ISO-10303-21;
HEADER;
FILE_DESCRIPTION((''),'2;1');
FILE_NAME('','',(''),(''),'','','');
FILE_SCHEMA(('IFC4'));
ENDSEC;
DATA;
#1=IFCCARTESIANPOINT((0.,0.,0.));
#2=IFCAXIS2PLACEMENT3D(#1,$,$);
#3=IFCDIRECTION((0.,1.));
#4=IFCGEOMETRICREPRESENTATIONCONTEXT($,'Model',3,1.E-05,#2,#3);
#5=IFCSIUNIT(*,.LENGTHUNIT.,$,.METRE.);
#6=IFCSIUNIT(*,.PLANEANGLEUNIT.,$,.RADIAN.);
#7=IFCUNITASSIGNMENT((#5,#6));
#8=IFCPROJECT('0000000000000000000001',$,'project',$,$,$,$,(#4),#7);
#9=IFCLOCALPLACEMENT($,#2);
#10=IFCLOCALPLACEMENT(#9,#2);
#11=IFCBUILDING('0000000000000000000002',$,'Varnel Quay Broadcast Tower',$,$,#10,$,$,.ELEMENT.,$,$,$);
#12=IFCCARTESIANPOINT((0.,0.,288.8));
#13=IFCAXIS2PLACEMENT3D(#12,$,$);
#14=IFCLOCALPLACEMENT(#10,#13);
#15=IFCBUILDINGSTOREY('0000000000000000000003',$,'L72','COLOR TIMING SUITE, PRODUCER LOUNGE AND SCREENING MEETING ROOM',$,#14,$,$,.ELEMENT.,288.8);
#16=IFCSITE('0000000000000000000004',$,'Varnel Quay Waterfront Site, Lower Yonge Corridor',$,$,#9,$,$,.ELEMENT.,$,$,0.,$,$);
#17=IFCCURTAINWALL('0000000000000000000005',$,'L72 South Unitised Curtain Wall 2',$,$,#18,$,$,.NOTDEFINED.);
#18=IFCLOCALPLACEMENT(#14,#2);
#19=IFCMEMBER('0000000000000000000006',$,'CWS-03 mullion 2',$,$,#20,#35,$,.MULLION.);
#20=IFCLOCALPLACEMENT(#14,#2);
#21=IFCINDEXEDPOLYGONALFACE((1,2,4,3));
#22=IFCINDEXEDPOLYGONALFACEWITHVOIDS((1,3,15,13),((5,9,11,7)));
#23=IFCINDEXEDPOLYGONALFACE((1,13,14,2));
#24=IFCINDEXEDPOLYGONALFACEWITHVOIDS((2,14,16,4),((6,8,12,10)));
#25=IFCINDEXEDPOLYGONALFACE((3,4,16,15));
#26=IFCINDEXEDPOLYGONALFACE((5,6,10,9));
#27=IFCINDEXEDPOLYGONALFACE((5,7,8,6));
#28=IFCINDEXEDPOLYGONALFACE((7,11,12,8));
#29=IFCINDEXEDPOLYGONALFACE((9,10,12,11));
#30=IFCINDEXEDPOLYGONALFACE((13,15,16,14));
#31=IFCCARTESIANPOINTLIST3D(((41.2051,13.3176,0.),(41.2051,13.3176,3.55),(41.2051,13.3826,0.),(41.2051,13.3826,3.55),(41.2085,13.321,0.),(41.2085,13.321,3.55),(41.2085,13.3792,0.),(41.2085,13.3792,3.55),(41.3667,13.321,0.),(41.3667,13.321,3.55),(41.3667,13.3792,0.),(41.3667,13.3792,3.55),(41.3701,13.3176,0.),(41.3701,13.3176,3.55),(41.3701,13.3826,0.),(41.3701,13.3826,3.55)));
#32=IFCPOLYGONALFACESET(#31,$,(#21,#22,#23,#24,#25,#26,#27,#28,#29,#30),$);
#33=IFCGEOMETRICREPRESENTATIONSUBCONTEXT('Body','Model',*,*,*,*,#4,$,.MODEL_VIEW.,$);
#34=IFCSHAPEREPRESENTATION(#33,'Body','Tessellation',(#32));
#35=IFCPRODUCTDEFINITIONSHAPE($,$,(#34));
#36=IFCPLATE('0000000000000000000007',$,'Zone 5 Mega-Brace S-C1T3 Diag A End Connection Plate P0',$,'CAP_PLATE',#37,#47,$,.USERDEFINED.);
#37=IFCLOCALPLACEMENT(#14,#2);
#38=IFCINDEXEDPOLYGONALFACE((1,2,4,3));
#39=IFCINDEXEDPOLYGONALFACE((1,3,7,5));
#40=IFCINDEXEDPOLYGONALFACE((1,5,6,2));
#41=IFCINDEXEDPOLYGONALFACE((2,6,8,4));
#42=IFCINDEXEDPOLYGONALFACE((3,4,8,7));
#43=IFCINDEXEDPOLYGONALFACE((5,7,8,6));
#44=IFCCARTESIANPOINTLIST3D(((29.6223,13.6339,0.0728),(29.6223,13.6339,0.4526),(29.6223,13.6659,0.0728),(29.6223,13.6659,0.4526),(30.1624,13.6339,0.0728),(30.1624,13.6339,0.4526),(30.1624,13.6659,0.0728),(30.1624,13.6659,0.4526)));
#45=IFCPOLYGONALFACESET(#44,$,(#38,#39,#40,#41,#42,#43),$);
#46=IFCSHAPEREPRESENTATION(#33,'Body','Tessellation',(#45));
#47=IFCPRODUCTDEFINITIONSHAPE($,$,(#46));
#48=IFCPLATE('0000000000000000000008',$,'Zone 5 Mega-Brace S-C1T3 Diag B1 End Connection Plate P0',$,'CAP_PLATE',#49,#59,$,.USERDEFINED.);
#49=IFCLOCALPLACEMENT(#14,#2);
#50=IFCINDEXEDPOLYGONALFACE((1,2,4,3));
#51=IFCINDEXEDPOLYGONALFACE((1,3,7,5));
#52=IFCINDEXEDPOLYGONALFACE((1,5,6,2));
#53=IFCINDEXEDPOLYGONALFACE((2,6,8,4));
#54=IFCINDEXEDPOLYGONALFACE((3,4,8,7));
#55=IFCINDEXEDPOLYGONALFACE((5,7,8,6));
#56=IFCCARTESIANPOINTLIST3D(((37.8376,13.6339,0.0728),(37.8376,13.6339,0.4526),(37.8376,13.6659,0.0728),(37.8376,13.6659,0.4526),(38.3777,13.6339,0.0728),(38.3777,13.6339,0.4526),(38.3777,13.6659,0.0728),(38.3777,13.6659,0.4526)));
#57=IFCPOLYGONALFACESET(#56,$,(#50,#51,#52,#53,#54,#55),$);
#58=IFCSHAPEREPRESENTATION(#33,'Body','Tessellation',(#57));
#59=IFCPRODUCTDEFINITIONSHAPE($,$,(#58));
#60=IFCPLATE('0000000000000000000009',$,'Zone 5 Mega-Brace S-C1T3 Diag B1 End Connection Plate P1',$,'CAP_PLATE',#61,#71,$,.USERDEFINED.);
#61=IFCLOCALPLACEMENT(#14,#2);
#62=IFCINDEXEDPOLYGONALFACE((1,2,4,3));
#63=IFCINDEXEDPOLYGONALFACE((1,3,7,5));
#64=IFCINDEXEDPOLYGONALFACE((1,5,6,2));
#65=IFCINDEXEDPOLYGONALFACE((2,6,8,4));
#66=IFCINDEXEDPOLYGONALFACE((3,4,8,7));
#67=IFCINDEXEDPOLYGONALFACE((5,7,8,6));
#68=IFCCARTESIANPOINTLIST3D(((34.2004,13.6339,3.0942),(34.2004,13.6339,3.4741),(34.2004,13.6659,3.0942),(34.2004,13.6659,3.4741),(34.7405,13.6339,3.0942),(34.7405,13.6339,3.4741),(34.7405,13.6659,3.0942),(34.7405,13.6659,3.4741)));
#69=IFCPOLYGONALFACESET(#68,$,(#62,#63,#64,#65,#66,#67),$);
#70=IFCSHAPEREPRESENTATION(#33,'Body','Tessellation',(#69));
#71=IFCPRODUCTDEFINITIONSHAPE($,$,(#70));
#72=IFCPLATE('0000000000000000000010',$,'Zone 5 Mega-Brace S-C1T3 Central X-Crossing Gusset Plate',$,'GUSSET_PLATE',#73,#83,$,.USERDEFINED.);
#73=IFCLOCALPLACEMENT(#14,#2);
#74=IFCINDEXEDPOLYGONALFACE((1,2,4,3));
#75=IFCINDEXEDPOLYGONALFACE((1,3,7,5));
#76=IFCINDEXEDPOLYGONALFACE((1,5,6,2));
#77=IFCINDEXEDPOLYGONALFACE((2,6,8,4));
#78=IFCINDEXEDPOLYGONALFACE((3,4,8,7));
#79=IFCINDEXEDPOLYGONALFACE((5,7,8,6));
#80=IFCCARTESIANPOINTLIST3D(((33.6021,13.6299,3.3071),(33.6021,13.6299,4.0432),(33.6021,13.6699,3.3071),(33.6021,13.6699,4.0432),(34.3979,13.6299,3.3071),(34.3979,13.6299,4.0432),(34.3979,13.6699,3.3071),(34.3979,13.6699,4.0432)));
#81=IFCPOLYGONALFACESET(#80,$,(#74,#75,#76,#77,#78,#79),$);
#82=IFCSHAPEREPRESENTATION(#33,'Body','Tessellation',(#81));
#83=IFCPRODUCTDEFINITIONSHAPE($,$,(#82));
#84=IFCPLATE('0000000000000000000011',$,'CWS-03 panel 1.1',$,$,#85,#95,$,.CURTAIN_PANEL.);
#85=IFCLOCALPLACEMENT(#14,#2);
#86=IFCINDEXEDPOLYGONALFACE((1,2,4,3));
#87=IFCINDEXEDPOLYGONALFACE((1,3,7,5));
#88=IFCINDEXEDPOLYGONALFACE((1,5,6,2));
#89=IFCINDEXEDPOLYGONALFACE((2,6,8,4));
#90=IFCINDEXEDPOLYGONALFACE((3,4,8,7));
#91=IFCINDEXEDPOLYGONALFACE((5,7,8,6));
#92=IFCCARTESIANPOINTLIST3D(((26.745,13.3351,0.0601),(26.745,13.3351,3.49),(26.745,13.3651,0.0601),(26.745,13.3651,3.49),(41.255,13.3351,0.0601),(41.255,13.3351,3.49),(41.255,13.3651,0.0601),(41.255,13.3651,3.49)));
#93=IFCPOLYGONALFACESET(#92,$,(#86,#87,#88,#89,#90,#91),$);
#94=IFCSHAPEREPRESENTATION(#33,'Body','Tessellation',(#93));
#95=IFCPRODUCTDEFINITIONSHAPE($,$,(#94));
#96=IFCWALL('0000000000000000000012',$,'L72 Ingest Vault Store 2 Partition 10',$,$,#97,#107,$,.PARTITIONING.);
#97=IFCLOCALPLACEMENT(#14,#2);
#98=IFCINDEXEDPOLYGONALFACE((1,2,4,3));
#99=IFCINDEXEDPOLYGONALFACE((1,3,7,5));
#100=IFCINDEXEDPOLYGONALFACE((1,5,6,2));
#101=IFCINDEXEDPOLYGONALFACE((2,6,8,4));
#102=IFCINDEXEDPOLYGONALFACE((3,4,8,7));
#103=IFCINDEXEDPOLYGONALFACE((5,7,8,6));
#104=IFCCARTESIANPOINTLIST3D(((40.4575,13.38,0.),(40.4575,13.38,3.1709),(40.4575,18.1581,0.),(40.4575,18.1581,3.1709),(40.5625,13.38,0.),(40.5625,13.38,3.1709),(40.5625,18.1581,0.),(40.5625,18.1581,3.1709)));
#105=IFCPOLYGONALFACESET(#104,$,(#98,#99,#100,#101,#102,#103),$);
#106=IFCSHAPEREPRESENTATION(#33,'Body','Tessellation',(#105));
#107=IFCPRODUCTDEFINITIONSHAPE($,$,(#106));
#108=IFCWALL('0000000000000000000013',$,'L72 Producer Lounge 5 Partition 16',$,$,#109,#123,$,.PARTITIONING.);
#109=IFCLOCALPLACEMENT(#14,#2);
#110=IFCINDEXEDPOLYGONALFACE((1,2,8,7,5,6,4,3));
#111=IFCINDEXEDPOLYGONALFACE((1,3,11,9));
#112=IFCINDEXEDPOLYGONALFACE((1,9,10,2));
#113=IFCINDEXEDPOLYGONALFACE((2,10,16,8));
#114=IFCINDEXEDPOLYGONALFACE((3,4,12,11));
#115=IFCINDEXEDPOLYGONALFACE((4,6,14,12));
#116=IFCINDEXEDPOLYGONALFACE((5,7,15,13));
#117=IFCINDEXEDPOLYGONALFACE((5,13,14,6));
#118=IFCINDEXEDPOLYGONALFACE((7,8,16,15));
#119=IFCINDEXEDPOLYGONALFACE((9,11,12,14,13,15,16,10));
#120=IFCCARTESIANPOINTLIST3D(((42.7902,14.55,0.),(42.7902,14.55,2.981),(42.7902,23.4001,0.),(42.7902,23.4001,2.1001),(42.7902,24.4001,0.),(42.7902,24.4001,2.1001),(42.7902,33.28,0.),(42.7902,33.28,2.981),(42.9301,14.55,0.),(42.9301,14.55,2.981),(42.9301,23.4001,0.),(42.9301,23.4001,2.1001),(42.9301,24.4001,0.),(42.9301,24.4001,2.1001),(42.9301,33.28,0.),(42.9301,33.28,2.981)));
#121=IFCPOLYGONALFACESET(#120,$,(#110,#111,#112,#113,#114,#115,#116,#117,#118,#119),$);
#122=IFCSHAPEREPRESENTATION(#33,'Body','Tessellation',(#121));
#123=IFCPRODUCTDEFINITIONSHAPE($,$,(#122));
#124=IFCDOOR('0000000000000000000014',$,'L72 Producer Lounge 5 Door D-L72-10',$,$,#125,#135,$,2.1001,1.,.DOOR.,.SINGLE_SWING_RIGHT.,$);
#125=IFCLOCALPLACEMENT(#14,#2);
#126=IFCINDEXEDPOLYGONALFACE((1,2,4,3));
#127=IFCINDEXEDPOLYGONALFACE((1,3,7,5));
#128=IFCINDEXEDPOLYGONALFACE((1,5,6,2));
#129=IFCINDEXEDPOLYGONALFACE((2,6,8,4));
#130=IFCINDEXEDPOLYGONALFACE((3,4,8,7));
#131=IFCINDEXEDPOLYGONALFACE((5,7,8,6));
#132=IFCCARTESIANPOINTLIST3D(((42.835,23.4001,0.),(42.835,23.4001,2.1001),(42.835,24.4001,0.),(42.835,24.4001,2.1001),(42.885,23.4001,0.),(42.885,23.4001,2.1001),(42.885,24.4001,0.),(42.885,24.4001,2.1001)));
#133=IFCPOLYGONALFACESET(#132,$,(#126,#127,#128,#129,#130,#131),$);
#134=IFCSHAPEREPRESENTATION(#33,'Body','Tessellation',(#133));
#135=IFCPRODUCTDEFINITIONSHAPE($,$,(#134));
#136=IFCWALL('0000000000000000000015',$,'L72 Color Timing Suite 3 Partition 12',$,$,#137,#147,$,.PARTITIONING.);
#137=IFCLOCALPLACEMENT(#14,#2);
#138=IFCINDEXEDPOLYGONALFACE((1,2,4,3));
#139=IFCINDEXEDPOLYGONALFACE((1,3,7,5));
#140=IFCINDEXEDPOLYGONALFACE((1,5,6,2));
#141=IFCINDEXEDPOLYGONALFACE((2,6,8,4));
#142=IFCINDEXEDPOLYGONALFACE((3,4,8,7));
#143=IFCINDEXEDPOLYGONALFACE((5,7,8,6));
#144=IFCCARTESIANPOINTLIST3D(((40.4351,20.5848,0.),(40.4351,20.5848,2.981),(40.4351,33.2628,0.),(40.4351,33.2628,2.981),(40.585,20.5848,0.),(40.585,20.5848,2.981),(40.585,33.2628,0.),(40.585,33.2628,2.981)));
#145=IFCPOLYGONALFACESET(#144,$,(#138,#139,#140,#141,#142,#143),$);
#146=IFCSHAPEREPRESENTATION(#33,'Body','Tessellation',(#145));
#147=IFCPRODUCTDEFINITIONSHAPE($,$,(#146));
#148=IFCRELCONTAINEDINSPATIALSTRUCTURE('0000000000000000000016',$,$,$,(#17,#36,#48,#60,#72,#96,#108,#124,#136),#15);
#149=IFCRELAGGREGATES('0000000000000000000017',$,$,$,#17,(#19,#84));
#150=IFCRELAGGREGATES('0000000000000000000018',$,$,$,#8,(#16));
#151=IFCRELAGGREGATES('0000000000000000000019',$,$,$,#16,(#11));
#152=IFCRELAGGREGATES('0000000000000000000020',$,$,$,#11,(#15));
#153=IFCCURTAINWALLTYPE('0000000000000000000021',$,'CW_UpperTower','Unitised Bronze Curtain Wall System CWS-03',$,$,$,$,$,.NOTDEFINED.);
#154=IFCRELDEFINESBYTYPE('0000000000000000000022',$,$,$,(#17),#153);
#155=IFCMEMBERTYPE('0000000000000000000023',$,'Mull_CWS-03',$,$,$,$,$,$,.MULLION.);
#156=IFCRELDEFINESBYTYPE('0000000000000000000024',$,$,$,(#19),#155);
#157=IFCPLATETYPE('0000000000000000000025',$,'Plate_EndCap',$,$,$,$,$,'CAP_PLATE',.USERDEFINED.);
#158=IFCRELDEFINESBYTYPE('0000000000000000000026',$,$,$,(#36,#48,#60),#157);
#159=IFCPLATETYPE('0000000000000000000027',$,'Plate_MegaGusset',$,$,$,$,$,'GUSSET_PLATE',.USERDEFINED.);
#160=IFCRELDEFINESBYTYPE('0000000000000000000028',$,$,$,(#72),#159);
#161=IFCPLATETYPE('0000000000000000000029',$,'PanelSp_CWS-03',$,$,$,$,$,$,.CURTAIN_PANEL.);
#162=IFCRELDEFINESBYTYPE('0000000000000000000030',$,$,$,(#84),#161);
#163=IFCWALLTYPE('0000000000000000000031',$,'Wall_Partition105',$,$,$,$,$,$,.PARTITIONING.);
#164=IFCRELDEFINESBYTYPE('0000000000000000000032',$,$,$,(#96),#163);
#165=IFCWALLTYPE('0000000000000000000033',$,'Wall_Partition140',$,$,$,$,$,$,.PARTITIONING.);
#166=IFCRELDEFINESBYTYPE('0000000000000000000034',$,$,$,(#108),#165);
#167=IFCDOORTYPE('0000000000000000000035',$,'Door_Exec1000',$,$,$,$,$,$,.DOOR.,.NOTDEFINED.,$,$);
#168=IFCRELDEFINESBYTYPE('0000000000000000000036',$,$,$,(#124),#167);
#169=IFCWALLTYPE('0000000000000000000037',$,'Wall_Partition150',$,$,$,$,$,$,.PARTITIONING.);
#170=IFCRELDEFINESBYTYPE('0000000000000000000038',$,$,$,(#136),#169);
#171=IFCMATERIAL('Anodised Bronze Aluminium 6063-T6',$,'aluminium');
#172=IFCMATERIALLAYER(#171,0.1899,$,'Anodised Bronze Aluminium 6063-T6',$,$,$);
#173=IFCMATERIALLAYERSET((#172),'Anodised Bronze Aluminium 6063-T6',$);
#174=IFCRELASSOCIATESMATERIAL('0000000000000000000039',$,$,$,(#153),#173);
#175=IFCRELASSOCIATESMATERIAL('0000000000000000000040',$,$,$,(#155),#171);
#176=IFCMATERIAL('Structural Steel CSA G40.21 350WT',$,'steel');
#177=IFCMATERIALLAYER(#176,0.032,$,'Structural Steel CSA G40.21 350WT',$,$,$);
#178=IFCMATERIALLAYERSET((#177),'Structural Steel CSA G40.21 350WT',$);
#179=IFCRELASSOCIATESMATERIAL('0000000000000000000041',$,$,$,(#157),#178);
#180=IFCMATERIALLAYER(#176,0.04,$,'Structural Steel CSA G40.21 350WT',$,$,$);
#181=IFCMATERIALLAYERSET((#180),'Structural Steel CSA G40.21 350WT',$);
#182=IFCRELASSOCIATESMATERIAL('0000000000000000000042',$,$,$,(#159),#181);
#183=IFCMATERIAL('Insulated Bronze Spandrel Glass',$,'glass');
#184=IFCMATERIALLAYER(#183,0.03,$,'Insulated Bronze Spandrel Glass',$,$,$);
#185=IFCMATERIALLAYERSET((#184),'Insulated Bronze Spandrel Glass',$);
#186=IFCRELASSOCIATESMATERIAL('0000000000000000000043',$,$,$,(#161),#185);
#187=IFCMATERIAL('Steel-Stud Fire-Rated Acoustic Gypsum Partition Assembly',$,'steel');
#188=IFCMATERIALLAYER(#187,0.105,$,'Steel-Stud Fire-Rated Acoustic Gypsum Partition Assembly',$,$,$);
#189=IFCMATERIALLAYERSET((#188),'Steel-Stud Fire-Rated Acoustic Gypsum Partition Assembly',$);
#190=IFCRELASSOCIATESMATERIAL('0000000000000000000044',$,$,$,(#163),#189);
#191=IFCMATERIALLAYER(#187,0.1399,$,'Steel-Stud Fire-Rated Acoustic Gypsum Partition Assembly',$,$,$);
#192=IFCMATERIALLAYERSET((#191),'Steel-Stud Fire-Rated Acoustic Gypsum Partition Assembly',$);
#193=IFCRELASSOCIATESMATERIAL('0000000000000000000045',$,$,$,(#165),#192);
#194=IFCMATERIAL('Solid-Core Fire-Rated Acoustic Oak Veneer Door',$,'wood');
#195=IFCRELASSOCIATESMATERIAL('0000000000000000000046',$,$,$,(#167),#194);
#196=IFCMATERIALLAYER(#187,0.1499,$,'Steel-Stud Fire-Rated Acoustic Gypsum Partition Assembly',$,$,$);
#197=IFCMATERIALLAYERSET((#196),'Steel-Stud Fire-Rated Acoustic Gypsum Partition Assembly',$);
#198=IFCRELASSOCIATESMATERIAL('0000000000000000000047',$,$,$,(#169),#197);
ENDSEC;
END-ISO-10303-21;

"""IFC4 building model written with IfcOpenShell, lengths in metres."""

from ifc_helpers import new_model, si_unit, direction, frame, frame_2d, origin, origin_2d, place, context, subcontext, project, spatial, rectangle, hollow_rectangle, extrude, source, transform, mapped, material, layer, layer_set, material_profile, profile_set, type_object, type_shapes, element, fill, aggregate, save


model = new_model("IFC4")

# Units and contexts
model_context = context("Model", 3, precision=1e-05, world=origin(), true_north=direction((0.0, 1.0)))
body_context = subcontext(model_context, "Body", "Model", "MODEL_VIEW")
ifc_project = project(units=[si_unit("LENGTHUNIT", "METRE"), si_unit("PLANEANGLEUNIT", "RADIAN")], contexts=[model_context])

# Site, building, storey
site_placement = place(None, origin())
site = spatial("IfcSite", under=ifc_project, at=site_placement, Name="Varnel Quay Waterfront Site, Lower Yonge Corridor", CompositionType="ELEMENT", RefElevation=0.0)
building_placement = place(site_placement, origin())
building = spatial("IfcBuilding", under=site, at=building_placement, Name="Varnel Quay Broadcast Tower", CompositionType="ELEMENT")
storey_placement = place(building_placement, frame((0.0, 0.0, 288.8)))
storey = spatial("IfcBuildingStorey", under=building, at=storey_placement, Name="L72", Description="COLOR TIMING SUITE, PRODUCER LOUNGE AND SCREENING MEETING ROOM", CompositionType="ELEMENT", Elevation=288.8)

# Curtain wall, member
ifc_material_1 = material(Name="Anodised Bronze Aluminium 6063-T6", Category="aluminium")
ifc_layer_1 = layer(ifc_material_1, 0.1899, Name="Anodised Bronze Aluminium 6063-T6")
ifc_layer_set_1 = layer_set([ifc_layer_1], Name="Anodised Bronze Aluminium 6063-T6")
curtain_wall_type = type_object("IfcCurtainWallType", Name="CW_UpperTower", Description="Unitised Bronze Curtain Wall System CWS-03", PredefinedType="NOTDEFINED", material=ifc_layer_set_1)
curtain_wall_placement = place(storey_placement, origin())
curtain_wall = element("IfcCurtainWall", 1, at=curtain_wall_placement, inside=storey, type_object=curtain_wall_type, Name="L72 South Unitised Curtain Wall 2", PredefinedType="NOTDEFINED")
ifc_material_profile_1 = material_profile(ifc_material_1, hollow_rectangle(XDim=0.0649, YDim=0.165, WallThickness=0.0034, at=origin_2d()), Name="ALU65X165X3.5")
ifc_profile_set_1 = profile_set([ifc_material_profile_1], Name="Anodised Bronze Aluminium 6063-T6")
member_type_1 = type_object("IfcMemberType", Name="Mull_CWS-03", PredefinedType="MULLION", material=ifc_profile_set_1)
shared_shape_1 = source(origin(), body_context, "Body", "SweptSolid", [
    extrude(hollow_rectangle(XDim=0.0649, YDim=0.165, WallThickness=0.0034, at=origin_2d()), origin(), (0.0, 0.0, 1.0), 3.55),
])
type_shapes(member_type_1, [shared_shape_1])
member_placement = place(storey_placement, frame((41.2876, 13.3501, 0.0), z_axis=(0.0, 0.0, 1.0), x_axis=(0.0, 1.0, 0.0)))
member = element("IfcMember", 2, at=member_placement, type_object=member_type_1, Name="CWS-03 mullion 2", PredefinedType="MULLION", context=body_context, shape_type="MappedRepresentation", body=[
    mapped(shared_shape_1, transform((0.0, 0.0, 0.0), x_axis=(1.0, 0.0, 0.0), y_axis=(0.0, 1.0, 0.0), z_axis=(0.0, 0.0, 1.0), scale=1.0)),
])

# Plates
ifc_material_2 = material(Name="Structural Steel CSA G40.21 350WT", Category="steel")
ifc_layer_2 = layer(ifc_material_2, 0.032, Name="Structural Steel CSA G40.21 350WT")
ifc_layer_set_2 = layer_set([ifc_layer_2], Name="Structural Steel CSA G40.21 350WT")
plate_type_1 = type_object("IfcPlateType", Name="Plate_EndCap", ElementType="CAP_PLATE", PredefinedType="USERDEFINED", material=ifc_layer_set_2)
shared_shape_2 = source(origin(), body_context, "Body", "SweptSolid", [
    extrude(rectangle(XDim=0.54, YDim=0.032, at=origin_2d()), origin(), (0.0, 0.0, 1.0), 0.3799),
])
type_shapes(plate_type_1, [shared_shape_2])
for number, where, z_axis, x_axis, name in (
    (3, (29.8923, 13.6499, 0.0728), (0.0, 0.0, 1.0), (1.0, 0.0, 0.0), "Zone 5 Mega-Brace S-C1T3 Diag A End Connection Plate P0"),
    (4, (38.1077, 13.6499, 0.0728), (0.0, 0.0, 1.0), (1.0, 0.0, 0.0), "Zone 5 Mega-Brace S-C1T3 Diag B1 End Connection Plate P0"),
    (5, (34.4705, 13.6499, 3.0942), (0.0, 0.0, 1.0), (1.0, 0.0, 0.0), "Zone 5 Mega-Brace S-C1T3 Diag B1 End Connection Plate P1"),
):
    element("IfcPlate", number, at=place(storey_placement, frame(where, z_axis=z_axis, x_axis=x_axis)), inside=storey, type_object=plate_type_1, Name=name, ObjectType="CAP_PLATE", PredefinedType="USERDEFINED", context=body_context, shape_type="MappedRepresentation", body=[
        mapped(shared_shape_2, transform((0.0, 0.0, 0.0), x_axis=(1.0, 0.0, 0.0), y_axis=(0.0, 1.0, 0.0), z_axis=(0.0, 0.0, 1.0), scale=1.0)),
    ])
ifc_layer_3 = layer(ifc_material_2, 0.04, Name="Structural Steel CSA G40.21 350WT")
ifc_layer_set_3 = layer_set([ifc_layer_3], Name="Structural Steel CSA G40.21 350WT")
plate_type_2 = type_object("IfcPlateType", Name="Plate_MegaGusset", ElementType="GUSSET_PLATE", PredefinedType="USERDEFINED", material=ifc_layer_set_3)
shared_shape_3 = source(origin(), body_context, "Body", "SweptSolid", [
    extrude(rectangle(XDim=0.7959, YDim=0.04, at=origin_2d()), origin(), (0.0, 0.0, 1.0), 0.7361),
])
type_shapes(plate_type_2, [shared_shape_3])
plate_1_placement = place(storey_placement, frame((34.0, 13.6499, 3.3071), z_axis=(0.0, 0.0, 1.0), x_axis=(1.0, 0.0, 0.0)))
element("IfcPlate", 6, at=plate_1_placement, inside=storey, type_object=plate_type_2, Name="Zone 5 Mega-Brace S-C1T3 Central X-Crossing Gusset Plate", ObjectType="GUSSET_PLATE", PredefinedType="USERDEFINED", context=body_context, shape_type="MappedRepresentation", body=[
    mapped(shared_shape_3, transform((0.0, 0.0, 0.0), x_axis=(1.0, 0.0, 0.0), y_axis=(0.0, 1.0, 0.0), z_axis=(0.0, 0.0, 1.0), scale=1.0)),
])

# Plate
ifc_material_3 = material(Name="Insulated Bronze Spandrel Glass", Category="glass")
ifc_layer_4 = layer(ifc_material_3, 0.03, Name="Insulated Bronze Spandrel Glass")
ifc_layer_set_4 = layer_set([ifc_layer_4], Name="Insulated Bronze Spandrel Glass")
plate_type_3 = type_object("IfcPlateType", Name="PanelSp_CWS-03", PredefinedType="CURTAIN_PANEL", material=ifc_layer_set_4)
shared_shape_4 = source(origin(), body_context, "Body", "SweptSolid", [
    extrude(rectangle(XDim=14.51, YDim=0.03, at=origin_2d()), origin(), (0.0, 0.0, 1.0), 3.4299),
])
type_shapes(plate_type_3, [shared_shape_4])
plate_2_placement = place(storey_placement, frame((34.0, 13.3501, 0.0601), z_axis=(0.0, 0.0, 1.0), x_axis=(1.0, 0.0, 0.0)))
plate_2 = element("IfcPlate", 7, at=plate_2_placement, type_object=plate_type_3, Name="CWS-03 panel 1.1", PredefinedType="CURTAIN_PANEL", context=body_context, shape_type="MappedRepresentation", body=[
    mapped(shared_shape_4, transform((0.0, 0.0, 0.0), x_axis=(1.0, 0.0, 0.0), y_axis=(0.0, 1.0, 0.0), z_axis=(0.0, 0.0, 1.0), scale=1.0)),
])
aggregate(curtain_wall, [member, plate_2])

# Wall
ifc_material_4 = material(Name="Steel-Stud Fire-Rated Acoustic Gypsum Partition Assembly", Category="steel")
ifc_layer_5 = layer(ifc_material_4, 0.105, Name="Steel-Stud Fire-Rated Acoustic Gypsum Partition Assembly")
ifc_layer_set_5 = layer_set([ifc_layer_5], Name="Steel-Stud Fire-Rated Acoustic Gypsum Partition Assembly")
wall_type_1 = type_object("IfcWallType", Name="Wall_Partition105", PredefinedType="PARTITIONING", material=ifc_layer_set_5)
wall_1_placement = place(storey_placement, frame((40.51, 13.3799, 0.0), z_axis=(0.0, 0.0, 1.0), x_axis=(0.0, 1.0, 0.0)))
element("IfcWall", 8, at=wall_1_placement, inside=storey, type_object=wall_type_1, Name="L72 Ingest Vault Store 2 Partition 10", PredefinedType="PARTITIONING", context=body_context, shape_type="SweptSolid", body=[
    extrude(rectangle(XDim=4.7781, YDim=0.105, at=frame_2d((2.3892, 0.0))), origin(), (0.0, 0.0, 1.0), 3.1709),
])

# Wall, opening, door
ifc_layer_6 = layer(ifc_material_4, 0.1399, Name="Steel-Stud Fire-Rated Acoustic Gypsum Partition Assembly")
ifc_layer_set_6 = layer_set([ifc_layer_6], Name="Steel-Stud Fire-Rated Acoustic Gypsum Partition Assembly")
wall_type_2 = type_object("IfcWallType", Name="Wall_Partition140", PredefinedType="PARTITIONING", material=ifc_layer_set_6)
wall_2_placement = place(storey_placement, frame((42.8601, 14.55, 0.0), z_axis=(0.0, 0.0, 1.0), x_axis=(0.0, 1.0, 0.0)))
wall_2 = element("IfcWall", 9, at=wall_2_placement, inside=storey, type_object=wall_type_2, Name="L72 Producer Lounge 5 Partition 16", PredefinedType="PARTITIONING", context=body_context, shape_type="SweptSolid", body=[
    extrude(rectangle(XDim=18.73, YDim=0.1399, at=frame_2d((9.365, 0.0))), origin(), (0.0, 0.0, 1.0), 2.981),
])
opening_1_placement = place(wall_2_placement, frame((8.8501, 0.0, 0.0)))
opening_1 = element("IfcOpeningElement", 10, at=opening_1_placement, cuts=wall_2, PredefinedType="OPENING", context=body_context, shape_type="SweptSolid", body=[
    extrude(rectangle(XDim=1.0, YDim=2.1001, at=frame_2d((0.5, 1.05))), frame((0.0, 0.0801, 0.0), z_axis=(0.0, -1.0, 0.0), x_axis=(1.0, 0.0, 0.0)), (0.0, 0.0, 1.0), 0.1599),
])
ifc_material_5 = material(Name="Solid-Core Fire-Rated Acoustic Oak Veneer Door", Category="wood")
door_type_1 = type_object("IfcDoorType", Name="Door_Exec1000", OperationType="NOTDEFINED", PredefinedType="DOOR", material=ifc_material_5)
shared_shape_5 = source(origin(), body_context, "Body", "SweptSolid", [
    extrude(rectangle(XDim=1.0, YDim=2.1001, at=frame_2d((0.5, 1.05))), frame((0.0, 0.0249, 0.0), z_axis=(0.0, -1.0, 0.0), x_axis=(1.0, 0.0, 0.0)), (0.0, 0.0, 1.0), 0.05),
])
type_shapes(door_type_1, [shared_shape_5])
door_1_placement = place(opening_1_placement, frame((1.0, 0.0, 0.0), z_axis=(0.0, 0.0, 1.0), x_axis=(-1.0, 0.0, 0.0)))
door_1 = element("IfcDoor", 11, at=door_1_placement, inside=storey, type_object=door_type_1, Name="L72 Producer Lounge 5 Door D-L72-10", OperationType="SINGLE_SWING_RIGHT", OverallHeight=2.1001, OverallWidth=1.0, PredefinedType="DOOR", context=body_context, shape_type="MappedRepresentation", body=[
    mapped(shared_shape_5, transform((0.0, 0.0, 0.0), x_axis=(1.0, 0.0, 0.0), y_axis=(0.0, 1.0, 0.0), z_axis=(0.0, 0.0, 1.0), scale=1.0)),
])
fill(opening_1, door_1)

# Wall
ifc_layer_7 = layer(ifc_material_4, 0.1499, Name="Steel-Stud Fire-Rated Acoustic Gypsum Partition Assembly")
ifc_layer_set_7 = layer_set([ifc_layer_7], Name="Steel-Stud Fire-Rated Acoustic Gypsum Partition Assembly")
wall_type_3 = type_object("IfcWallType", Name="Wall_Partition150", PredefinedType="PARTITIONING", material=ifc_layer_set_7)
wall_3_placement = place(storey_placement, frame((40.51, 20.585, 0.0), z_axis=(0.0, 0.0, 1.0), x_axis=(0.0, 1.0, 0.0)))
element("IfcWall", 12, at=wall_3_placement, inside=storey, type_object=wall_type_3, Name="L72 Color Timing Suite 3 Partition 12", PredefinedType="PARTITIONING", context=body_context, shape_type="SweptSolid", body=[
    extrude(rectangle(XDim=12.678, YDim=0.1499, at=frame_2d((6.3389, 0.0))), origin(), (0.0, 0.0, 1.0), 2.981),
])

save(model, "model.ifc")
